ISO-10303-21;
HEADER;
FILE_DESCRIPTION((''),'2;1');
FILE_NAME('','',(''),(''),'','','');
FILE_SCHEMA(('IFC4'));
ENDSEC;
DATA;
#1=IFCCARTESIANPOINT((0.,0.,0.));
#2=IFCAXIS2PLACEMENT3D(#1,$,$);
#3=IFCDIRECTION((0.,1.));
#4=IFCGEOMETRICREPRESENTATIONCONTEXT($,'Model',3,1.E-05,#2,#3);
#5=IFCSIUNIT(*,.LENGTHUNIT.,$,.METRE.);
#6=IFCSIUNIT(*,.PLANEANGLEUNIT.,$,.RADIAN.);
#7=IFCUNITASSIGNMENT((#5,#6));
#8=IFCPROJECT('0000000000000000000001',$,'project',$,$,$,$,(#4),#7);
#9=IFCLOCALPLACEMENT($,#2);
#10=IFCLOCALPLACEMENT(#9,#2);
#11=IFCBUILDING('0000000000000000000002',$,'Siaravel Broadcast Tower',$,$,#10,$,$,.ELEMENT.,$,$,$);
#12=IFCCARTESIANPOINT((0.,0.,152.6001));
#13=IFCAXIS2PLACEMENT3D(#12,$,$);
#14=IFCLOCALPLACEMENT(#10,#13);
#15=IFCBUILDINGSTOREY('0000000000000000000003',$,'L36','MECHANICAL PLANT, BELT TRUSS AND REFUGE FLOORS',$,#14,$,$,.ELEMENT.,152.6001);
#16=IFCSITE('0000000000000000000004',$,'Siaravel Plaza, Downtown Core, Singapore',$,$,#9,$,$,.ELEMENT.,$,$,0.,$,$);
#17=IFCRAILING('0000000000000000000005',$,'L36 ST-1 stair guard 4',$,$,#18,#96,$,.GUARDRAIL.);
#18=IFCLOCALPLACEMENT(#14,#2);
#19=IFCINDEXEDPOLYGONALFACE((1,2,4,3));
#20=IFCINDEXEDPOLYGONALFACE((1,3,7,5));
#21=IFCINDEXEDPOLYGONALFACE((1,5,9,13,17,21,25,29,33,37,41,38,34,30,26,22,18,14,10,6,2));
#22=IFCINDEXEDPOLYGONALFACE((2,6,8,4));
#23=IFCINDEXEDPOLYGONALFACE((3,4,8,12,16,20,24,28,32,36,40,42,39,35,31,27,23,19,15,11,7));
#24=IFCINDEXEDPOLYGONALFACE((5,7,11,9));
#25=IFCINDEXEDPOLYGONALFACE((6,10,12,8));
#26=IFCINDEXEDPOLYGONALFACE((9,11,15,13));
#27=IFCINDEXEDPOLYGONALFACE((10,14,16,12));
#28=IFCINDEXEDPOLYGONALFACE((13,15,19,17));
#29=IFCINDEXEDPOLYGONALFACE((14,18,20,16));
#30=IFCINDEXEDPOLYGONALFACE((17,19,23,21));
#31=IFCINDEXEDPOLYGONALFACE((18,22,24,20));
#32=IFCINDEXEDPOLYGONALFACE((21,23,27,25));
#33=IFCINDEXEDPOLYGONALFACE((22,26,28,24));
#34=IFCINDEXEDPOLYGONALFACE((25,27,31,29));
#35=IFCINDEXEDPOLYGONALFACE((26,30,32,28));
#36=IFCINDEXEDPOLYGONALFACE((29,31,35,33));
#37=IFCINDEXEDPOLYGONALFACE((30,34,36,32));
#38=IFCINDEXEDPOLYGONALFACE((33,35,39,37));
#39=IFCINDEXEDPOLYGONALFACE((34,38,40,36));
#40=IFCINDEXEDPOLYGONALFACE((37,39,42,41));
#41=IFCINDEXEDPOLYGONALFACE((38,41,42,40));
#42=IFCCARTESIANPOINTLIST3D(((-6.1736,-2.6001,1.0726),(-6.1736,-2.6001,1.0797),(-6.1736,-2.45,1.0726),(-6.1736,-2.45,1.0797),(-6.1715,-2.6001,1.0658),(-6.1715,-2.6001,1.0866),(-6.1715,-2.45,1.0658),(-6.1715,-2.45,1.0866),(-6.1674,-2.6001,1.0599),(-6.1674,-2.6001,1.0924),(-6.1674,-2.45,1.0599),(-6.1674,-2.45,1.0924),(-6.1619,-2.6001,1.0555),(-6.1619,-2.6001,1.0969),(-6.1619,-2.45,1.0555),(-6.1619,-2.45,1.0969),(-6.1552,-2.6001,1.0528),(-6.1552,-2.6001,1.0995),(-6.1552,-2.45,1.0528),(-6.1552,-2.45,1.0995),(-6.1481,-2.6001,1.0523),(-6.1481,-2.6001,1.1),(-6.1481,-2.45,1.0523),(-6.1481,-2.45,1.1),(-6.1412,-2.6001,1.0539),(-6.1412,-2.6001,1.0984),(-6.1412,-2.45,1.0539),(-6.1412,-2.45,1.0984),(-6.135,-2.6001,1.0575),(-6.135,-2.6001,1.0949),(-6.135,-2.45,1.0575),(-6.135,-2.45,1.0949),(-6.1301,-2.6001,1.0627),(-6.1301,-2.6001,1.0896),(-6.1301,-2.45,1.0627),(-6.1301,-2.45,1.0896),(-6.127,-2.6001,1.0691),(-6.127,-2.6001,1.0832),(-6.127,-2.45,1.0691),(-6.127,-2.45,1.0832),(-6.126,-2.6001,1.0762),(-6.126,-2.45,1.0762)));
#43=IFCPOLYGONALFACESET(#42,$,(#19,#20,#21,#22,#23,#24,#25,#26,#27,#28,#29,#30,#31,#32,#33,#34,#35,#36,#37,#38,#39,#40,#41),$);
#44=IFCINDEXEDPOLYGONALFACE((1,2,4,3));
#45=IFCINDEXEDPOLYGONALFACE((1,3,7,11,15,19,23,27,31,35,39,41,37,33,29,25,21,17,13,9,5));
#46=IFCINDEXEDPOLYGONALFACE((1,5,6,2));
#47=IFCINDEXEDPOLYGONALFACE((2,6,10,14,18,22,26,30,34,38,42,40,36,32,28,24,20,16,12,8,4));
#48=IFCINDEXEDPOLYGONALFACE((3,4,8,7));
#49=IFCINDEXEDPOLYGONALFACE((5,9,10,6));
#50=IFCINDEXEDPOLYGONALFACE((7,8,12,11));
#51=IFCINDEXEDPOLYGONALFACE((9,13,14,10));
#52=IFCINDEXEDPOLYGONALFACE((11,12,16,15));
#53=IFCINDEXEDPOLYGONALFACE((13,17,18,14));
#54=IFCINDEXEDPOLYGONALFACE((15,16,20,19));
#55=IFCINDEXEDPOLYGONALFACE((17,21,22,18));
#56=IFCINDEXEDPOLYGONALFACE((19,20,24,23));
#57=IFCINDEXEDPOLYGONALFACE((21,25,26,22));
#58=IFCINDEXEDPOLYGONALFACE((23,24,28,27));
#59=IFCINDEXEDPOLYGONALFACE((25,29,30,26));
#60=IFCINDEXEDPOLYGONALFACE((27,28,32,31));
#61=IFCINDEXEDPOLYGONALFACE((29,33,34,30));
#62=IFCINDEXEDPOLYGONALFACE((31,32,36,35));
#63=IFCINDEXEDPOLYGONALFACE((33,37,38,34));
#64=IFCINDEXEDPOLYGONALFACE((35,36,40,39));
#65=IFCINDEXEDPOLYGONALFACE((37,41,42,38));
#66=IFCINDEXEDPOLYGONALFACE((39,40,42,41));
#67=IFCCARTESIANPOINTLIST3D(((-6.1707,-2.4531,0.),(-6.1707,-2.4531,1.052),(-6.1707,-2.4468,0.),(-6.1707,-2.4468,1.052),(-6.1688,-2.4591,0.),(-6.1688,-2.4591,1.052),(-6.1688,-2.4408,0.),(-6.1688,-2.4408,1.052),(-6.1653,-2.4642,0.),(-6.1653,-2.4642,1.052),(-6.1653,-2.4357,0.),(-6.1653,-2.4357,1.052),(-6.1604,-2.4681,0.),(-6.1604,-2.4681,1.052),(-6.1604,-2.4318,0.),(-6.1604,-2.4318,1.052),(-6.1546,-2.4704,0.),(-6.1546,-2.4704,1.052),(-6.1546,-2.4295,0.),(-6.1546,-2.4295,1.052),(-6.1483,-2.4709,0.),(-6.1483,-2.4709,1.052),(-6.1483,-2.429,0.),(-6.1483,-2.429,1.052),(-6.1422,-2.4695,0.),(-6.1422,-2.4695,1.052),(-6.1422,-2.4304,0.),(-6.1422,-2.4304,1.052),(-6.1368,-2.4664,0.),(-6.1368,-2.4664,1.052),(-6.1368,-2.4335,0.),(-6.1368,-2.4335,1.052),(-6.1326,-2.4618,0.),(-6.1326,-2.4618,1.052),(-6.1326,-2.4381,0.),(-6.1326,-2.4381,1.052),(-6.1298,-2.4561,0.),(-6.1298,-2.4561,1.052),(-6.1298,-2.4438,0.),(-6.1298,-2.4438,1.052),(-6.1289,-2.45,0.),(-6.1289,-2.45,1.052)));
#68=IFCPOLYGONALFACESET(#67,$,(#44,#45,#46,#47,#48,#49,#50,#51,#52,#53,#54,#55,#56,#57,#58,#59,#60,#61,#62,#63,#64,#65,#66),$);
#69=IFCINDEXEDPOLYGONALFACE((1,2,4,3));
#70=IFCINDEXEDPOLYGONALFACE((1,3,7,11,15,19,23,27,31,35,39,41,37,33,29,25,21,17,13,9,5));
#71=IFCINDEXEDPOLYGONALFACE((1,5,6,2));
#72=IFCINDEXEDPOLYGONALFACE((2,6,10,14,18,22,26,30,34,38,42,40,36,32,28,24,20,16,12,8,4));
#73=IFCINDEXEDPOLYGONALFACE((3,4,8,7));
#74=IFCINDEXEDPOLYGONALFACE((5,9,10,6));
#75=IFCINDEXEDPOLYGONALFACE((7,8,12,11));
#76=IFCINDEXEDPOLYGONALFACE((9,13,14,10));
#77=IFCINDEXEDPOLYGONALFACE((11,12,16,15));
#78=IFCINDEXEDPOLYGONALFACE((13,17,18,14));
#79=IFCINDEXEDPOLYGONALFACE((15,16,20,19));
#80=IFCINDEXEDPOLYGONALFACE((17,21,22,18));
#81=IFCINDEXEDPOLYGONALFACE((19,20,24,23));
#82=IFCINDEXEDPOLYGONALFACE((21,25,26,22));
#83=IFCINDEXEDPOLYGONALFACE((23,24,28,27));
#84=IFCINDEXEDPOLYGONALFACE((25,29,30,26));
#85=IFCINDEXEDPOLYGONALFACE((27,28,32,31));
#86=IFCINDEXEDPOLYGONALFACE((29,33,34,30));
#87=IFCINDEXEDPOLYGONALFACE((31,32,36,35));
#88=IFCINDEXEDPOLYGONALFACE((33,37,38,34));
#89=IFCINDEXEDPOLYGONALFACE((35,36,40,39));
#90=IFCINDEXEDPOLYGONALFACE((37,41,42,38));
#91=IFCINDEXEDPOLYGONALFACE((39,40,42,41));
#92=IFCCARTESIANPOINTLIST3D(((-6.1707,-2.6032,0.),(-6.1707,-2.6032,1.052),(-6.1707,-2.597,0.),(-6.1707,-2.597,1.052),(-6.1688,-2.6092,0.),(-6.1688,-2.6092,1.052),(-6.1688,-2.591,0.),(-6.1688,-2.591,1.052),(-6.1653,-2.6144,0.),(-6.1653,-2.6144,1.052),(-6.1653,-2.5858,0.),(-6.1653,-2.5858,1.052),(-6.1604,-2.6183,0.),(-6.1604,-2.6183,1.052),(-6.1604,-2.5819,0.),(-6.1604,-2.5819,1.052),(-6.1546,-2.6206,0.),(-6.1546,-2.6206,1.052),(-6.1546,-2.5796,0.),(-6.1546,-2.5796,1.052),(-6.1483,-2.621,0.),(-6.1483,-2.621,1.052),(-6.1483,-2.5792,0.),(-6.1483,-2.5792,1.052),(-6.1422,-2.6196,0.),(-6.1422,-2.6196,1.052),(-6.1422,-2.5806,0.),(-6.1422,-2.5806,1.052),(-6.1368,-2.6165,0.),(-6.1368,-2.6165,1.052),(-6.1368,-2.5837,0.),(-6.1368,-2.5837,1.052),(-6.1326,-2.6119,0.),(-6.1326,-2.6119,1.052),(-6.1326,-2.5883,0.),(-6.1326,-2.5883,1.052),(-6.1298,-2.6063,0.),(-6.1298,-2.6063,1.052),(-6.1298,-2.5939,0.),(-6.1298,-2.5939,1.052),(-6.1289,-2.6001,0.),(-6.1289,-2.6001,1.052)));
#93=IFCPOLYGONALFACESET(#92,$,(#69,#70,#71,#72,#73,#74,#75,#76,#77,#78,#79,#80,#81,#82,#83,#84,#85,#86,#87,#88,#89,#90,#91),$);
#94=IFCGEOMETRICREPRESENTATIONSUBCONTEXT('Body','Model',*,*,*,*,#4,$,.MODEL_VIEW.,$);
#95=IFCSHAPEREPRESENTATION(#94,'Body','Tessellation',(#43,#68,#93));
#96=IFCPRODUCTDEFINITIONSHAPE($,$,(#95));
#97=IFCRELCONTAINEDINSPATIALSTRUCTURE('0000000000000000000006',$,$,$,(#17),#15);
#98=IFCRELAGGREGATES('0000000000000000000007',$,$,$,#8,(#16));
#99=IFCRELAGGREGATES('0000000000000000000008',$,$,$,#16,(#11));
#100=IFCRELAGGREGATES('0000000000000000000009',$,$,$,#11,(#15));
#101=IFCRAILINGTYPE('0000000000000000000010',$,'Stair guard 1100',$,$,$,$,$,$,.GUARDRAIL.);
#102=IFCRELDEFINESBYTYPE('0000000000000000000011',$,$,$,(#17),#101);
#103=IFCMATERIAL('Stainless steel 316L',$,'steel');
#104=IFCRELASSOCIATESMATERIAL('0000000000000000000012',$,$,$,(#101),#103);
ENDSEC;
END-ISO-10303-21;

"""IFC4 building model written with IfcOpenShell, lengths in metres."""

from ifc_helpers import new_model, si_unit, direction, frame, origin, origin_2d, place, context, subcontext, project, spatial, circle, extrude, material, type_object, element, save


model = new_model("IFC4")

# Units and contexts
model_context = context("Model", 3, precision=1e-05, world=origin(), true_north=direction((0.0, 1.0)))
body_context = subcontext(model_context, "Body", "Model", "MODEL_VIEW")
ifc_project = project(units=[si_unit("LENGTHUNIT", "METRE"), si_unit("PLANEANGLEUNIT", "RADIAN")], contexts=[model_context])

# Site, building, storey
site_placement = place(None, origin())
site = spatial("IfcSite", under=ifc_project, at=site_placement, Name="Siaravel Plaza, Downtown Core, Singapore", CompositionType="ELEMENT", RefElevation=0.0)
building_placement = place(site_placement, origin())
building = spatial("IfcBuilding", under=site, at=building_placement, Name="Siaravel Broadcast Tower", CompositionType="ELEMENT")
storey_placement = place(building_placement, frame((0.0, 0.0, 152.6001)))
storey = spatial("IfcBuildingStorey", under=building, at=storey_placement, Name="L36", Description="MECHANICAL PLANT, BELT TRUSS AND REFUGE FLOORS", CompositionType="ELEMENT", Elevation=152.6001)

# Shared definitions
ifc_material_1 = material(Name="Stainless steel 316L", Category="steel")

# Railing
railing_type_1 = type_object("IfcRailingType", Name="Stair guard 1100", PredefinedType="GUARDRAIL", material=ifc_material_1)
railing_1_placement = place(storey_placement, frame((-6.1499, -2.45, 0.0)))
element("IfcRailing", 1, at=railing_1_placement, inside=storey, type_object=railing_type_1, Name="L36 ST-1 stair guard 4", PredefinedType="GUARDRAIL", context=body_context, shape_type="SweptSolid", body=[
    extrude(circle(Radius=0.0239, at=origin_2d()), frame((0.0, 0.0, 1.0762), z_axis=(0.0, -1.0, 0.0), x_axis=(1.0, 0.0, 0.0)), (0.0, 0.0, 1.0), 0.1501),
    extrude(circle(Radius=0.021, at=origin_2d()), origin(), (0.0, 0.0, 1.0), 1.052),
    extrude(circle(Radius=0.021, at=origin_2d()), frame((0.0, -0.1501, 0.0)), (0.0, 0.0, 1.0), 1.052),
])

save(model, "model.ifc")
